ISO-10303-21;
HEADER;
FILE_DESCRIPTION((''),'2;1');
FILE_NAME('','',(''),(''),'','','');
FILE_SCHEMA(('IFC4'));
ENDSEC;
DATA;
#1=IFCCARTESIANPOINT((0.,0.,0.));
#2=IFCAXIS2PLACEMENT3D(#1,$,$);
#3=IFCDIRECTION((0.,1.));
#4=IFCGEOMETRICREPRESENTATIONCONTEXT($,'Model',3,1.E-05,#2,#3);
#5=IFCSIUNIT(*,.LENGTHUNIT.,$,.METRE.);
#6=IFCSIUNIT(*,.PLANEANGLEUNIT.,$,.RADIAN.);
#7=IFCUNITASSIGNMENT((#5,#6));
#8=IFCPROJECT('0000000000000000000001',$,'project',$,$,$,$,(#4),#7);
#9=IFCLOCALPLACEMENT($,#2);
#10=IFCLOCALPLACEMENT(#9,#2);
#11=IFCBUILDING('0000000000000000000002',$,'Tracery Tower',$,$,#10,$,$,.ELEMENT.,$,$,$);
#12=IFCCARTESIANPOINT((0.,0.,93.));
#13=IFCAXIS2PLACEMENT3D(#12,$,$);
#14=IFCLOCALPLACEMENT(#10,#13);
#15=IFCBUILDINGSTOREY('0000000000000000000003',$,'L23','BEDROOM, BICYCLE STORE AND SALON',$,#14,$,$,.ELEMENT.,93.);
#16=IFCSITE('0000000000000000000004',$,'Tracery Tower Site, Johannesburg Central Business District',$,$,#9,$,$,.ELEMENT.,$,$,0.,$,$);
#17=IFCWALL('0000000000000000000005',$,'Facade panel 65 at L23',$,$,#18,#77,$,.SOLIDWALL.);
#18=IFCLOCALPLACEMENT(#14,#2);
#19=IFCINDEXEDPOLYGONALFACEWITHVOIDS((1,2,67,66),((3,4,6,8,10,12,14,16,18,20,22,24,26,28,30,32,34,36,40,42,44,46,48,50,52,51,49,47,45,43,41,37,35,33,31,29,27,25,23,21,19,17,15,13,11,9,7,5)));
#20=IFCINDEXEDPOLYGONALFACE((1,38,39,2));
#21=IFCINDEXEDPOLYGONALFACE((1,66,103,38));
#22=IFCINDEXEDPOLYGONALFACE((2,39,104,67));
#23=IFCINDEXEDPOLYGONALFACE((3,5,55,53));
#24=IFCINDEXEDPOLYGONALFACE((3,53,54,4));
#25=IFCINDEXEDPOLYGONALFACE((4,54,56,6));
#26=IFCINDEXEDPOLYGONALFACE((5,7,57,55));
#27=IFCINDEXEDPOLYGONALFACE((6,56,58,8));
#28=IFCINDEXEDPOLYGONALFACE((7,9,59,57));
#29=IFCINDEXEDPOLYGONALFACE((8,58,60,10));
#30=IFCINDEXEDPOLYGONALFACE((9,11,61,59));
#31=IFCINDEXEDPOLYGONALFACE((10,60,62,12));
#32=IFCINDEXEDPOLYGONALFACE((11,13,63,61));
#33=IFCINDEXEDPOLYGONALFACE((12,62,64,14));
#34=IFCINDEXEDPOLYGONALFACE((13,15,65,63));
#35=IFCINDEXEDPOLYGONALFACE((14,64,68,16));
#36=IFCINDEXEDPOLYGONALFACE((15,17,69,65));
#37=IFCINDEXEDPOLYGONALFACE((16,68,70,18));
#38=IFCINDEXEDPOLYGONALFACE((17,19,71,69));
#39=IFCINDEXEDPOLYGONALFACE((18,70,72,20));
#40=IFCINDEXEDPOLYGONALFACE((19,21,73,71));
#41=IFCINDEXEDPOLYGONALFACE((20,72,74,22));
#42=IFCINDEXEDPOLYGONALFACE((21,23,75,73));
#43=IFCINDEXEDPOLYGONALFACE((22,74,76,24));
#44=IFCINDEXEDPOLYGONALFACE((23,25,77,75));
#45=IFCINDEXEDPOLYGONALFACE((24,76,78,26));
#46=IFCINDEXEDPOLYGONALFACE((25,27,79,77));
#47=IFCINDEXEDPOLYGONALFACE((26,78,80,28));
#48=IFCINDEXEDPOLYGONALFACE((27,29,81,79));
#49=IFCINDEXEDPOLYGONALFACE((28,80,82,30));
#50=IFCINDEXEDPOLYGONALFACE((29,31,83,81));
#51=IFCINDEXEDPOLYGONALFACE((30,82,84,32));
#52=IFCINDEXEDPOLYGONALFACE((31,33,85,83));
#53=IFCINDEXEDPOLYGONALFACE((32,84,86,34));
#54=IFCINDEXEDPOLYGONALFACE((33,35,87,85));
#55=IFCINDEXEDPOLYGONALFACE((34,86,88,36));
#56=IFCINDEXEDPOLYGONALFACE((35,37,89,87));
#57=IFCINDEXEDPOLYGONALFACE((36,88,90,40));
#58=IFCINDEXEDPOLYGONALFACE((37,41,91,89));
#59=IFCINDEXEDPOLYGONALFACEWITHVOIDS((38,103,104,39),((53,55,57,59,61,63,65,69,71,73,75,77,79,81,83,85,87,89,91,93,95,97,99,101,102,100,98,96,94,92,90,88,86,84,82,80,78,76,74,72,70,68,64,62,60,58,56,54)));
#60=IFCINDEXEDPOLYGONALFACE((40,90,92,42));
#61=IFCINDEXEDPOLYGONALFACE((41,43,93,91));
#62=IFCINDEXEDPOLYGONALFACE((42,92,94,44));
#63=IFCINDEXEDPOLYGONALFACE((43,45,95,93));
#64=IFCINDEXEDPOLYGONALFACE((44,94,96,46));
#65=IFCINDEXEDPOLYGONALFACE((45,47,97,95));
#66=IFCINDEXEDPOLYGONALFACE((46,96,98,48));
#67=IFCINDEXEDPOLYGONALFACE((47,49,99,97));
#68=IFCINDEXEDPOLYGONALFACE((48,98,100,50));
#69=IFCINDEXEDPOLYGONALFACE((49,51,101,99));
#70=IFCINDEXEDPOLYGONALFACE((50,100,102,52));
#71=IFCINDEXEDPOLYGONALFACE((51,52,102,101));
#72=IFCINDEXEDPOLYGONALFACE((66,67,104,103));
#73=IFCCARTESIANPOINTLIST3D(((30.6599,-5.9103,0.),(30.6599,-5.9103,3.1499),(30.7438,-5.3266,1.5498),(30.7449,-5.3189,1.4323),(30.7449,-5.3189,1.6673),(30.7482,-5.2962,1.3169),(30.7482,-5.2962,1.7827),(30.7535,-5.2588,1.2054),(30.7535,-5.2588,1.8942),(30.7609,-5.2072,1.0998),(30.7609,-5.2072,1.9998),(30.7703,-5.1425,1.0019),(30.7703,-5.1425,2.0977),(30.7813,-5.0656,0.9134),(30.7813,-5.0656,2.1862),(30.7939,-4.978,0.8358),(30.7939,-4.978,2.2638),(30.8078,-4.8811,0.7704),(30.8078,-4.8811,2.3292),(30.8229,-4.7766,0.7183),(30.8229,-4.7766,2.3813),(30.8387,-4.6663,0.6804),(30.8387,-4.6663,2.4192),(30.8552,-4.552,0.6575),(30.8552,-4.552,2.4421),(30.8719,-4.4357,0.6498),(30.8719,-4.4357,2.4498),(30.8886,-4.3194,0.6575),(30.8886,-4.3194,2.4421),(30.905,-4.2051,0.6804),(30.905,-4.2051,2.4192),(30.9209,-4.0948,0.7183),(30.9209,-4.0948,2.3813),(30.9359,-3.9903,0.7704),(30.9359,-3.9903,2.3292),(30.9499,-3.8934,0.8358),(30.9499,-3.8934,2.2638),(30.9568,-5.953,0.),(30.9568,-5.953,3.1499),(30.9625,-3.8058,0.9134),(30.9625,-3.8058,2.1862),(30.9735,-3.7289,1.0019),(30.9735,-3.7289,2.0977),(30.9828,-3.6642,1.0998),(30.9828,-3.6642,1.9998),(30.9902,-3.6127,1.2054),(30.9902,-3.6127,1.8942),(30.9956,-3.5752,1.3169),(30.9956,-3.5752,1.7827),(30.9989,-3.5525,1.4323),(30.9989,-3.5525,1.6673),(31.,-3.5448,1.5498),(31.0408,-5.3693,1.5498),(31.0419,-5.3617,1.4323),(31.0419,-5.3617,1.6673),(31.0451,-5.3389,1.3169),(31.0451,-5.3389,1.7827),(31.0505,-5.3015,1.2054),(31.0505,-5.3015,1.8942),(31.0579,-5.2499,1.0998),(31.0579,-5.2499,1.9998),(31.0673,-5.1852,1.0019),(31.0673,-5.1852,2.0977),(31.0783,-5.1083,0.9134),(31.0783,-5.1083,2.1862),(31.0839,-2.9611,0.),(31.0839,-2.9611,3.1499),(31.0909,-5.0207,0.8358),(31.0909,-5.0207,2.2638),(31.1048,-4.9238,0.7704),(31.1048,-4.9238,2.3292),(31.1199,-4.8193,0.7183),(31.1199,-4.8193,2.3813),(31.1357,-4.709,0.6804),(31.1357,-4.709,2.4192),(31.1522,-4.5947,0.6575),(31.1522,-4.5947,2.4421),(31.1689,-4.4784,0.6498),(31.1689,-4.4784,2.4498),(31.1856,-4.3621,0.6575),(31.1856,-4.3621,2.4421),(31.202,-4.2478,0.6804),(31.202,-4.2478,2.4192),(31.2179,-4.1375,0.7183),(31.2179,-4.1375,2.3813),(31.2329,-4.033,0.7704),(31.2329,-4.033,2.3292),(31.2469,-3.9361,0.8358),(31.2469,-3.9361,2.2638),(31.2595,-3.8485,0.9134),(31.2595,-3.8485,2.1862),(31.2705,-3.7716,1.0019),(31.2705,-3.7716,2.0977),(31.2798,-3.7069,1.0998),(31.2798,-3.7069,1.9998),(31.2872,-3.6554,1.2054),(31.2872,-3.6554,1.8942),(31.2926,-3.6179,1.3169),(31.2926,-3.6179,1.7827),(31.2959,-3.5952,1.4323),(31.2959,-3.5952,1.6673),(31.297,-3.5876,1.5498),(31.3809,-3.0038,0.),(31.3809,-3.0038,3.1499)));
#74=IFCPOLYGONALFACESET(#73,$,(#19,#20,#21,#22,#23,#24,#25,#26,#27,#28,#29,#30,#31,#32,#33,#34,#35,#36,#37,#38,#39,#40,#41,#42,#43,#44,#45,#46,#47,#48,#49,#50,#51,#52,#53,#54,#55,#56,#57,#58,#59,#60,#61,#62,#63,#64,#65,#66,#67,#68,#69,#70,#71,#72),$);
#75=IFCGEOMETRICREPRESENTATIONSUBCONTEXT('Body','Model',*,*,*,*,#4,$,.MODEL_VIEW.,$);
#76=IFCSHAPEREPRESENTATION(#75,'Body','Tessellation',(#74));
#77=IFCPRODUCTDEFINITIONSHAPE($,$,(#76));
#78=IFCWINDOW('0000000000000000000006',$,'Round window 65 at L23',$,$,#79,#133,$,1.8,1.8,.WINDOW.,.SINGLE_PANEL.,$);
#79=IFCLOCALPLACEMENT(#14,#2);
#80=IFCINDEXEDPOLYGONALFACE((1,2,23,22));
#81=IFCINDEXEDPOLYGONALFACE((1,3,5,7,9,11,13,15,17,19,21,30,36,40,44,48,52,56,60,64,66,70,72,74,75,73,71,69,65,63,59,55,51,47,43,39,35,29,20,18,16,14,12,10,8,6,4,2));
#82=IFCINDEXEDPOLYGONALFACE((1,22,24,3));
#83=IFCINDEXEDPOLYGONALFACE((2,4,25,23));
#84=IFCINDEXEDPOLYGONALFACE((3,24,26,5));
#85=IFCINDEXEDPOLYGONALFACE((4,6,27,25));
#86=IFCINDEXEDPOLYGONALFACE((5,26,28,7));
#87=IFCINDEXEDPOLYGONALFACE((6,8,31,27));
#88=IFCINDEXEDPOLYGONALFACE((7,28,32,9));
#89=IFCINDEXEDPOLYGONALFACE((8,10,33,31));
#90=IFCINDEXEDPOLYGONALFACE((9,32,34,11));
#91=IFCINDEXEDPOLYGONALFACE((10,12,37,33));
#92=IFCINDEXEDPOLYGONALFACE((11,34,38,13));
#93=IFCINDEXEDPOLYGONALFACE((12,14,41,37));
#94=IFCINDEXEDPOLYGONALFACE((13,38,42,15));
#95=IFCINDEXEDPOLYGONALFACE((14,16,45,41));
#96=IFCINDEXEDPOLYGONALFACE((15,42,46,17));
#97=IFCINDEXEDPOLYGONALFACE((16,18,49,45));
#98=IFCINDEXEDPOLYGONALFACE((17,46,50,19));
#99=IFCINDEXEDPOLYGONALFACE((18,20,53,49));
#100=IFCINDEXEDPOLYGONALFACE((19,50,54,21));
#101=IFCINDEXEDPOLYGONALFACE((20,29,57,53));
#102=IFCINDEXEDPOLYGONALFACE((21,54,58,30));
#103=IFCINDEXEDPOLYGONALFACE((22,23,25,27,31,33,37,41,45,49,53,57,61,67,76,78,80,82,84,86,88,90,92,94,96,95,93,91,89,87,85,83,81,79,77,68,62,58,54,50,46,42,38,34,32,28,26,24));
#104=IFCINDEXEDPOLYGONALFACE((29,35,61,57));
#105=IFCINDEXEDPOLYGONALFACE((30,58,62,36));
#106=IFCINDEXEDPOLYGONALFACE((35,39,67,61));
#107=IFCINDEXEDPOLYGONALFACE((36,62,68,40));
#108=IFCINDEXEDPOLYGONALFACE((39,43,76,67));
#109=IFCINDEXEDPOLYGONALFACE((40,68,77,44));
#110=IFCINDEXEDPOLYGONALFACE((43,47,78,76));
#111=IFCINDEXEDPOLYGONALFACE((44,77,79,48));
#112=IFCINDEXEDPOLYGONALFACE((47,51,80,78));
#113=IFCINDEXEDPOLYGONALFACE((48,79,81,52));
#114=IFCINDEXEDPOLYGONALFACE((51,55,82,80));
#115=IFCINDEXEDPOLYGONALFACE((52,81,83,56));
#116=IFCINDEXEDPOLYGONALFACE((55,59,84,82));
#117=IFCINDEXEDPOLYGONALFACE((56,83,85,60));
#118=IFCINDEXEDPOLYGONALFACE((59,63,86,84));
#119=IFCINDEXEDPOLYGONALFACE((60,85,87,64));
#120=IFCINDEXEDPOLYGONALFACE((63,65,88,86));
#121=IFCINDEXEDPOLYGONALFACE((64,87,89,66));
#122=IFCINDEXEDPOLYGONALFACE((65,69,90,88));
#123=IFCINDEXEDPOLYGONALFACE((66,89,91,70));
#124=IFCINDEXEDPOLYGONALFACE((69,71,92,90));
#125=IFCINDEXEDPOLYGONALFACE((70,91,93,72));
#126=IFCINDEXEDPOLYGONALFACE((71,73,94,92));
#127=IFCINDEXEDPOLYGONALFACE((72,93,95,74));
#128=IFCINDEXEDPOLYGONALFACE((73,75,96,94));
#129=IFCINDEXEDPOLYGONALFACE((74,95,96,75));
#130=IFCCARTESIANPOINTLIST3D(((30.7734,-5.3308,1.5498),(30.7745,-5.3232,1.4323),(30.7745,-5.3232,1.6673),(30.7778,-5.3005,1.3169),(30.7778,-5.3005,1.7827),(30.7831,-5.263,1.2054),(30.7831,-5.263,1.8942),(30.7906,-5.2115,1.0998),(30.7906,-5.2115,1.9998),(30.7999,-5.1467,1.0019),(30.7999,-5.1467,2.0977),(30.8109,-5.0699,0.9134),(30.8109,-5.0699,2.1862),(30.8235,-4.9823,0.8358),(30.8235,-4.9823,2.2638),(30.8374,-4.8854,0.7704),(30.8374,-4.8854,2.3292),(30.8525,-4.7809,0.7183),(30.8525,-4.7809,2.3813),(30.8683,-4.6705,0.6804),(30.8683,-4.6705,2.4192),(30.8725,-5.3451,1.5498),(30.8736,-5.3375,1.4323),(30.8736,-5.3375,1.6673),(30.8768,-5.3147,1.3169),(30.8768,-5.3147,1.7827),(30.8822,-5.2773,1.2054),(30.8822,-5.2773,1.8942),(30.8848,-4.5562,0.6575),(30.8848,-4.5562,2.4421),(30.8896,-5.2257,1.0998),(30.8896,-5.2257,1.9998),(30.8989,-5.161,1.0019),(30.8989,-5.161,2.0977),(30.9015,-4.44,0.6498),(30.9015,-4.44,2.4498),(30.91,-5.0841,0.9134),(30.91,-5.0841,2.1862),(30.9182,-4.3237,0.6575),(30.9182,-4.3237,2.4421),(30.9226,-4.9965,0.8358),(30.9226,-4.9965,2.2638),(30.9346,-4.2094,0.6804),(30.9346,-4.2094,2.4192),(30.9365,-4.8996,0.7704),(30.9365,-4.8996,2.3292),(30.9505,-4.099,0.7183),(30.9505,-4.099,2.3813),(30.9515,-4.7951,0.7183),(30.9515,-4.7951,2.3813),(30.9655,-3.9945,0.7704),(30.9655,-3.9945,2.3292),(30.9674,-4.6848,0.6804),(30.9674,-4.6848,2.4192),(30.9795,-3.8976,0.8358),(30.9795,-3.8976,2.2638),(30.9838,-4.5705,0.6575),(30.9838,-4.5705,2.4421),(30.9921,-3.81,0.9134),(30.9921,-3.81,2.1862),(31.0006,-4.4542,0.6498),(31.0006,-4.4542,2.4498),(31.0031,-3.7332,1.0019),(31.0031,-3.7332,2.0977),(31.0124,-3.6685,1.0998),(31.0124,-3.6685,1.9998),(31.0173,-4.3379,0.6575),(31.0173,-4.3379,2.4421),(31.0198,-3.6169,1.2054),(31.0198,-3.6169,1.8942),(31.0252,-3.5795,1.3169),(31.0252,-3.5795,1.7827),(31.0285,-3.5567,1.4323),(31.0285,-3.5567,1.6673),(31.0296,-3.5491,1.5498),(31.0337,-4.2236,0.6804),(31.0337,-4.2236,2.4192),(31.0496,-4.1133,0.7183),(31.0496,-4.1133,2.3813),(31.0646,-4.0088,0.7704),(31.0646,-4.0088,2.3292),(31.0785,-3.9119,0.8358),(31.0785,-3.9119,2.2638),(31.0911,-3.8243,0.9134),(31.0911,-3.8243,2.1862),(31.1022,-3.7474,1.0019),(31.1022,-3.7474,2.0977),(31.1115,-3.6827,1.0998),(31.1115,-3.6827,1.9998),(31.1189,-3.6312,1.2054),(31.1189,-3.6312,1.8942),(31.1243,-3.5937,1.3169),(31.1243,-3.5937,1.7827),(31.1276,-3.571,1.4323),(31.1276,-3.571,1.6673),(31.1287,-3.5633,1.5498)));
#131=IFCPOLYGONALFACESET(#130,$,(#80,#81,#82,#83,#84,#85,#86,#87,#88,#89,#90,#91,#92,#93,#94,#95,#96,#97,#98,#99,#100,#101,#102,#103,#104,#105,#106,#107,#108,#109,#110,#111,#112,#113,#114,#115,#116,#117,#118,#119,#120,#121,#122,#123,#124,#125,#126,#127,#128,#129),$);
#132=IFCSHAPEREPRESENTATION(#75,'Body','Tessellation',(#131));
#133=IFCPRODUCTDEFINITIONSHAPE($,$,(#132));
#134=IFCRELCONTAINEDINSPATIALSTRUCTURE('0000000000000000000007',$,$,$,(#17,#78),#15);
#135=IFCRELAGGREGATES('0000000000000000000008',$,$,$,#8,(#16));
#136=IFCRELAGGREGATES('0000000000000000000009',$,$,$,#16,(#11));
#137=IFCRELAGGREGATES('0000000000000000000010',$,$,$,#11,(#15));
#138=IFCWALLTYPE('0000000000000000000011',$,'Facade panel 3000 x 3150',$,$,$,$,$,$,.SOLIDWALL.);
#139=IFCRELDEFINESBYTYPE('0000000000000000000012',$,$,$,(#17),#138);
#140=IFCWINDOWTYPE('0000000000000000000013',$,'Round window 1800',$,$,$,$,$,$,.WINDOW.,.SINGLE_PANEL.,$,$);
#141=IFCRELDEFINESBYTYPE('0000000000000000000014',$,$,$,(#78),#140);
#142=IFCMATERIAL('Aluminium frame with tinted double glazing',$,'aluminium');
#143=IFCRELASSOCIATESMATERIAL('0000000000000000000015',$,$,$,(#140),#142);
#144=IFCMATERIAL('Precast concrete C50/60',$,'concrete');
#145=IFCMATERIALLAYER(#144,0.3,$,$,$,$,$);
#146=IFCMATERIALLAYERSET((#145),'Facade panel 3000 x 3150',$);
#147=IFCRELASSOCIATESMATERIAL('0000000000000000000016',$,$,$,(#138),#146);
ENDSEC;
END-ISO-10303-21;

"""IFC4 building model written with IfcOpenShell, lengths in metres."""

from ifc_helpers import new_model, si_unit, direction, frame, frame_2d, origin, origin_2d, place, context, subcontext, project, spatial, rectangle, circle, extrude, material, layer, layer_set, type_object, element, fill, save


model = new_model("IFC4")

# Units and contexts
model_context = context("Model", 3, precision=1e-05, world=origin(), true_north=direction((0.0, 1.0)))
body_context = subcontext(model_context, "Body", "Model", "MODEL_VIEW")
ifc_project = project(units=[si_unit("LENGTHUNIT", "METRE"), si_unit("PLANEANGLEUNIT", "RADIAN")], contexts=[model_context])

# Site, building, storey
site_placement = place(None, origin())
site = spatial("IfcSite", under=ifc_project, at=site_placement, Name="Tracery Tower Site, Johannesburg Central Business District", CompositionType="ELEMENT", RefElevation=0.0)
building_placement = place(site_placement, origin())
building = spatial("IfcBuilding", under=site, at=building_placement, Name="Tracery Tower", CompositionType="ELEMENT")
storey_placement = place(building_placement, frame((0.0, 0.0, 93.0)))
storey = spatial("IfcBuildingStorey", under=building, at=storey_placement, Name="L23", Description="BEDROOM, BICYCLE STORE AND SALON", CompositionType="ELEMENT", Elevation=93.0)

# Wall, opening, window
ifc_material_1 = material(Name="Aluminium frame with tinted double glazing", Category="aluminium")
window_type = type_object("IfcWindowType", Name="Round window 1800", PartitioningType="SINGLE_PANEL", PredefinedType="WINDOW", material=ifc_material_1)
ifc_material_2 = material(Name="Precast concrete C50/60", Category="concrete")
ifc_layer_1 = layer(ifc_material_2, 0.3)
ifc_layer_set_1 = layer_set([ifc_layer_1], Name="Facade panel 3000 x 3150")
wall_type_1 = type_object("IfcWallType", Name="Facade panel 3000 x 3150", PredefinedType="SOLIDWALL", material=ifc_layer_set_1)
wall_1_placement = place(storey_placement, frame((30.8083, -5.9316, 0.0), z_axis=(0.0, 0.0, 1.0), x_axis=(0.142328, 0.98982, 0.0)))
wall_1 = element("IfcWall", 1, at=wall_1_placement, inside=storey, type_object=wall_type_1, Name="Facade panel 65 at L23", PredefinedType="SOLIDWALL", context=body_context, shape_type="SweptSolid", body=[
    extrude(rectangle(XDim=2.9795, YDim=0.3, at=frame_2d((1.4897, 0.0))), origin(), (0.0, 0.0, 1.0), 3.1499),
])
opening_1_placement = place(wall_1_placement, frame((1.4897, 0.0, 1.5498)))
opening_1 = element("IfcOpeningElement", 2, at=opening_1_placement, cuts=wall_1, PredefinedType="OPENING", context=body_context, shape_type="SweptSolid", body=[
    extrude(circle(Radius=0.9, at=origin_2d()), frame((0.0, 0.1599, 0.0), z_axis=(0.0, -1.0, 0.0), x_axis=(1.0, 0.0, 0.0)), (0.0, 0.0, 1.0), 0.3201),
])
window_1_placement = place(opening_1_placement, origin())
window_1 = element("IfcWindow", 3, at=window_1_placement, inside=storey, type_object=window_type, Name="Round window 65 at L23", OverallHeight=1.8, OverallWidth=1.8, PartitioningType="SINGLE_PANEL", PredefinedType="WINDOW", context=body_context, shape_type="SweptSolid", body=[
    extrude(circle(Radius=0.9, at=origin_2d()), frame((0.0, 0.1201, 0.0), z_axis=(0.0, -1.0, 0.0), x_axis=(1.0, 0.0, 0.0)), (0.0, 0.0, 1.0), 0.1001),
])
fill(opening_1, window_1)

save(model, "model.ifc")
